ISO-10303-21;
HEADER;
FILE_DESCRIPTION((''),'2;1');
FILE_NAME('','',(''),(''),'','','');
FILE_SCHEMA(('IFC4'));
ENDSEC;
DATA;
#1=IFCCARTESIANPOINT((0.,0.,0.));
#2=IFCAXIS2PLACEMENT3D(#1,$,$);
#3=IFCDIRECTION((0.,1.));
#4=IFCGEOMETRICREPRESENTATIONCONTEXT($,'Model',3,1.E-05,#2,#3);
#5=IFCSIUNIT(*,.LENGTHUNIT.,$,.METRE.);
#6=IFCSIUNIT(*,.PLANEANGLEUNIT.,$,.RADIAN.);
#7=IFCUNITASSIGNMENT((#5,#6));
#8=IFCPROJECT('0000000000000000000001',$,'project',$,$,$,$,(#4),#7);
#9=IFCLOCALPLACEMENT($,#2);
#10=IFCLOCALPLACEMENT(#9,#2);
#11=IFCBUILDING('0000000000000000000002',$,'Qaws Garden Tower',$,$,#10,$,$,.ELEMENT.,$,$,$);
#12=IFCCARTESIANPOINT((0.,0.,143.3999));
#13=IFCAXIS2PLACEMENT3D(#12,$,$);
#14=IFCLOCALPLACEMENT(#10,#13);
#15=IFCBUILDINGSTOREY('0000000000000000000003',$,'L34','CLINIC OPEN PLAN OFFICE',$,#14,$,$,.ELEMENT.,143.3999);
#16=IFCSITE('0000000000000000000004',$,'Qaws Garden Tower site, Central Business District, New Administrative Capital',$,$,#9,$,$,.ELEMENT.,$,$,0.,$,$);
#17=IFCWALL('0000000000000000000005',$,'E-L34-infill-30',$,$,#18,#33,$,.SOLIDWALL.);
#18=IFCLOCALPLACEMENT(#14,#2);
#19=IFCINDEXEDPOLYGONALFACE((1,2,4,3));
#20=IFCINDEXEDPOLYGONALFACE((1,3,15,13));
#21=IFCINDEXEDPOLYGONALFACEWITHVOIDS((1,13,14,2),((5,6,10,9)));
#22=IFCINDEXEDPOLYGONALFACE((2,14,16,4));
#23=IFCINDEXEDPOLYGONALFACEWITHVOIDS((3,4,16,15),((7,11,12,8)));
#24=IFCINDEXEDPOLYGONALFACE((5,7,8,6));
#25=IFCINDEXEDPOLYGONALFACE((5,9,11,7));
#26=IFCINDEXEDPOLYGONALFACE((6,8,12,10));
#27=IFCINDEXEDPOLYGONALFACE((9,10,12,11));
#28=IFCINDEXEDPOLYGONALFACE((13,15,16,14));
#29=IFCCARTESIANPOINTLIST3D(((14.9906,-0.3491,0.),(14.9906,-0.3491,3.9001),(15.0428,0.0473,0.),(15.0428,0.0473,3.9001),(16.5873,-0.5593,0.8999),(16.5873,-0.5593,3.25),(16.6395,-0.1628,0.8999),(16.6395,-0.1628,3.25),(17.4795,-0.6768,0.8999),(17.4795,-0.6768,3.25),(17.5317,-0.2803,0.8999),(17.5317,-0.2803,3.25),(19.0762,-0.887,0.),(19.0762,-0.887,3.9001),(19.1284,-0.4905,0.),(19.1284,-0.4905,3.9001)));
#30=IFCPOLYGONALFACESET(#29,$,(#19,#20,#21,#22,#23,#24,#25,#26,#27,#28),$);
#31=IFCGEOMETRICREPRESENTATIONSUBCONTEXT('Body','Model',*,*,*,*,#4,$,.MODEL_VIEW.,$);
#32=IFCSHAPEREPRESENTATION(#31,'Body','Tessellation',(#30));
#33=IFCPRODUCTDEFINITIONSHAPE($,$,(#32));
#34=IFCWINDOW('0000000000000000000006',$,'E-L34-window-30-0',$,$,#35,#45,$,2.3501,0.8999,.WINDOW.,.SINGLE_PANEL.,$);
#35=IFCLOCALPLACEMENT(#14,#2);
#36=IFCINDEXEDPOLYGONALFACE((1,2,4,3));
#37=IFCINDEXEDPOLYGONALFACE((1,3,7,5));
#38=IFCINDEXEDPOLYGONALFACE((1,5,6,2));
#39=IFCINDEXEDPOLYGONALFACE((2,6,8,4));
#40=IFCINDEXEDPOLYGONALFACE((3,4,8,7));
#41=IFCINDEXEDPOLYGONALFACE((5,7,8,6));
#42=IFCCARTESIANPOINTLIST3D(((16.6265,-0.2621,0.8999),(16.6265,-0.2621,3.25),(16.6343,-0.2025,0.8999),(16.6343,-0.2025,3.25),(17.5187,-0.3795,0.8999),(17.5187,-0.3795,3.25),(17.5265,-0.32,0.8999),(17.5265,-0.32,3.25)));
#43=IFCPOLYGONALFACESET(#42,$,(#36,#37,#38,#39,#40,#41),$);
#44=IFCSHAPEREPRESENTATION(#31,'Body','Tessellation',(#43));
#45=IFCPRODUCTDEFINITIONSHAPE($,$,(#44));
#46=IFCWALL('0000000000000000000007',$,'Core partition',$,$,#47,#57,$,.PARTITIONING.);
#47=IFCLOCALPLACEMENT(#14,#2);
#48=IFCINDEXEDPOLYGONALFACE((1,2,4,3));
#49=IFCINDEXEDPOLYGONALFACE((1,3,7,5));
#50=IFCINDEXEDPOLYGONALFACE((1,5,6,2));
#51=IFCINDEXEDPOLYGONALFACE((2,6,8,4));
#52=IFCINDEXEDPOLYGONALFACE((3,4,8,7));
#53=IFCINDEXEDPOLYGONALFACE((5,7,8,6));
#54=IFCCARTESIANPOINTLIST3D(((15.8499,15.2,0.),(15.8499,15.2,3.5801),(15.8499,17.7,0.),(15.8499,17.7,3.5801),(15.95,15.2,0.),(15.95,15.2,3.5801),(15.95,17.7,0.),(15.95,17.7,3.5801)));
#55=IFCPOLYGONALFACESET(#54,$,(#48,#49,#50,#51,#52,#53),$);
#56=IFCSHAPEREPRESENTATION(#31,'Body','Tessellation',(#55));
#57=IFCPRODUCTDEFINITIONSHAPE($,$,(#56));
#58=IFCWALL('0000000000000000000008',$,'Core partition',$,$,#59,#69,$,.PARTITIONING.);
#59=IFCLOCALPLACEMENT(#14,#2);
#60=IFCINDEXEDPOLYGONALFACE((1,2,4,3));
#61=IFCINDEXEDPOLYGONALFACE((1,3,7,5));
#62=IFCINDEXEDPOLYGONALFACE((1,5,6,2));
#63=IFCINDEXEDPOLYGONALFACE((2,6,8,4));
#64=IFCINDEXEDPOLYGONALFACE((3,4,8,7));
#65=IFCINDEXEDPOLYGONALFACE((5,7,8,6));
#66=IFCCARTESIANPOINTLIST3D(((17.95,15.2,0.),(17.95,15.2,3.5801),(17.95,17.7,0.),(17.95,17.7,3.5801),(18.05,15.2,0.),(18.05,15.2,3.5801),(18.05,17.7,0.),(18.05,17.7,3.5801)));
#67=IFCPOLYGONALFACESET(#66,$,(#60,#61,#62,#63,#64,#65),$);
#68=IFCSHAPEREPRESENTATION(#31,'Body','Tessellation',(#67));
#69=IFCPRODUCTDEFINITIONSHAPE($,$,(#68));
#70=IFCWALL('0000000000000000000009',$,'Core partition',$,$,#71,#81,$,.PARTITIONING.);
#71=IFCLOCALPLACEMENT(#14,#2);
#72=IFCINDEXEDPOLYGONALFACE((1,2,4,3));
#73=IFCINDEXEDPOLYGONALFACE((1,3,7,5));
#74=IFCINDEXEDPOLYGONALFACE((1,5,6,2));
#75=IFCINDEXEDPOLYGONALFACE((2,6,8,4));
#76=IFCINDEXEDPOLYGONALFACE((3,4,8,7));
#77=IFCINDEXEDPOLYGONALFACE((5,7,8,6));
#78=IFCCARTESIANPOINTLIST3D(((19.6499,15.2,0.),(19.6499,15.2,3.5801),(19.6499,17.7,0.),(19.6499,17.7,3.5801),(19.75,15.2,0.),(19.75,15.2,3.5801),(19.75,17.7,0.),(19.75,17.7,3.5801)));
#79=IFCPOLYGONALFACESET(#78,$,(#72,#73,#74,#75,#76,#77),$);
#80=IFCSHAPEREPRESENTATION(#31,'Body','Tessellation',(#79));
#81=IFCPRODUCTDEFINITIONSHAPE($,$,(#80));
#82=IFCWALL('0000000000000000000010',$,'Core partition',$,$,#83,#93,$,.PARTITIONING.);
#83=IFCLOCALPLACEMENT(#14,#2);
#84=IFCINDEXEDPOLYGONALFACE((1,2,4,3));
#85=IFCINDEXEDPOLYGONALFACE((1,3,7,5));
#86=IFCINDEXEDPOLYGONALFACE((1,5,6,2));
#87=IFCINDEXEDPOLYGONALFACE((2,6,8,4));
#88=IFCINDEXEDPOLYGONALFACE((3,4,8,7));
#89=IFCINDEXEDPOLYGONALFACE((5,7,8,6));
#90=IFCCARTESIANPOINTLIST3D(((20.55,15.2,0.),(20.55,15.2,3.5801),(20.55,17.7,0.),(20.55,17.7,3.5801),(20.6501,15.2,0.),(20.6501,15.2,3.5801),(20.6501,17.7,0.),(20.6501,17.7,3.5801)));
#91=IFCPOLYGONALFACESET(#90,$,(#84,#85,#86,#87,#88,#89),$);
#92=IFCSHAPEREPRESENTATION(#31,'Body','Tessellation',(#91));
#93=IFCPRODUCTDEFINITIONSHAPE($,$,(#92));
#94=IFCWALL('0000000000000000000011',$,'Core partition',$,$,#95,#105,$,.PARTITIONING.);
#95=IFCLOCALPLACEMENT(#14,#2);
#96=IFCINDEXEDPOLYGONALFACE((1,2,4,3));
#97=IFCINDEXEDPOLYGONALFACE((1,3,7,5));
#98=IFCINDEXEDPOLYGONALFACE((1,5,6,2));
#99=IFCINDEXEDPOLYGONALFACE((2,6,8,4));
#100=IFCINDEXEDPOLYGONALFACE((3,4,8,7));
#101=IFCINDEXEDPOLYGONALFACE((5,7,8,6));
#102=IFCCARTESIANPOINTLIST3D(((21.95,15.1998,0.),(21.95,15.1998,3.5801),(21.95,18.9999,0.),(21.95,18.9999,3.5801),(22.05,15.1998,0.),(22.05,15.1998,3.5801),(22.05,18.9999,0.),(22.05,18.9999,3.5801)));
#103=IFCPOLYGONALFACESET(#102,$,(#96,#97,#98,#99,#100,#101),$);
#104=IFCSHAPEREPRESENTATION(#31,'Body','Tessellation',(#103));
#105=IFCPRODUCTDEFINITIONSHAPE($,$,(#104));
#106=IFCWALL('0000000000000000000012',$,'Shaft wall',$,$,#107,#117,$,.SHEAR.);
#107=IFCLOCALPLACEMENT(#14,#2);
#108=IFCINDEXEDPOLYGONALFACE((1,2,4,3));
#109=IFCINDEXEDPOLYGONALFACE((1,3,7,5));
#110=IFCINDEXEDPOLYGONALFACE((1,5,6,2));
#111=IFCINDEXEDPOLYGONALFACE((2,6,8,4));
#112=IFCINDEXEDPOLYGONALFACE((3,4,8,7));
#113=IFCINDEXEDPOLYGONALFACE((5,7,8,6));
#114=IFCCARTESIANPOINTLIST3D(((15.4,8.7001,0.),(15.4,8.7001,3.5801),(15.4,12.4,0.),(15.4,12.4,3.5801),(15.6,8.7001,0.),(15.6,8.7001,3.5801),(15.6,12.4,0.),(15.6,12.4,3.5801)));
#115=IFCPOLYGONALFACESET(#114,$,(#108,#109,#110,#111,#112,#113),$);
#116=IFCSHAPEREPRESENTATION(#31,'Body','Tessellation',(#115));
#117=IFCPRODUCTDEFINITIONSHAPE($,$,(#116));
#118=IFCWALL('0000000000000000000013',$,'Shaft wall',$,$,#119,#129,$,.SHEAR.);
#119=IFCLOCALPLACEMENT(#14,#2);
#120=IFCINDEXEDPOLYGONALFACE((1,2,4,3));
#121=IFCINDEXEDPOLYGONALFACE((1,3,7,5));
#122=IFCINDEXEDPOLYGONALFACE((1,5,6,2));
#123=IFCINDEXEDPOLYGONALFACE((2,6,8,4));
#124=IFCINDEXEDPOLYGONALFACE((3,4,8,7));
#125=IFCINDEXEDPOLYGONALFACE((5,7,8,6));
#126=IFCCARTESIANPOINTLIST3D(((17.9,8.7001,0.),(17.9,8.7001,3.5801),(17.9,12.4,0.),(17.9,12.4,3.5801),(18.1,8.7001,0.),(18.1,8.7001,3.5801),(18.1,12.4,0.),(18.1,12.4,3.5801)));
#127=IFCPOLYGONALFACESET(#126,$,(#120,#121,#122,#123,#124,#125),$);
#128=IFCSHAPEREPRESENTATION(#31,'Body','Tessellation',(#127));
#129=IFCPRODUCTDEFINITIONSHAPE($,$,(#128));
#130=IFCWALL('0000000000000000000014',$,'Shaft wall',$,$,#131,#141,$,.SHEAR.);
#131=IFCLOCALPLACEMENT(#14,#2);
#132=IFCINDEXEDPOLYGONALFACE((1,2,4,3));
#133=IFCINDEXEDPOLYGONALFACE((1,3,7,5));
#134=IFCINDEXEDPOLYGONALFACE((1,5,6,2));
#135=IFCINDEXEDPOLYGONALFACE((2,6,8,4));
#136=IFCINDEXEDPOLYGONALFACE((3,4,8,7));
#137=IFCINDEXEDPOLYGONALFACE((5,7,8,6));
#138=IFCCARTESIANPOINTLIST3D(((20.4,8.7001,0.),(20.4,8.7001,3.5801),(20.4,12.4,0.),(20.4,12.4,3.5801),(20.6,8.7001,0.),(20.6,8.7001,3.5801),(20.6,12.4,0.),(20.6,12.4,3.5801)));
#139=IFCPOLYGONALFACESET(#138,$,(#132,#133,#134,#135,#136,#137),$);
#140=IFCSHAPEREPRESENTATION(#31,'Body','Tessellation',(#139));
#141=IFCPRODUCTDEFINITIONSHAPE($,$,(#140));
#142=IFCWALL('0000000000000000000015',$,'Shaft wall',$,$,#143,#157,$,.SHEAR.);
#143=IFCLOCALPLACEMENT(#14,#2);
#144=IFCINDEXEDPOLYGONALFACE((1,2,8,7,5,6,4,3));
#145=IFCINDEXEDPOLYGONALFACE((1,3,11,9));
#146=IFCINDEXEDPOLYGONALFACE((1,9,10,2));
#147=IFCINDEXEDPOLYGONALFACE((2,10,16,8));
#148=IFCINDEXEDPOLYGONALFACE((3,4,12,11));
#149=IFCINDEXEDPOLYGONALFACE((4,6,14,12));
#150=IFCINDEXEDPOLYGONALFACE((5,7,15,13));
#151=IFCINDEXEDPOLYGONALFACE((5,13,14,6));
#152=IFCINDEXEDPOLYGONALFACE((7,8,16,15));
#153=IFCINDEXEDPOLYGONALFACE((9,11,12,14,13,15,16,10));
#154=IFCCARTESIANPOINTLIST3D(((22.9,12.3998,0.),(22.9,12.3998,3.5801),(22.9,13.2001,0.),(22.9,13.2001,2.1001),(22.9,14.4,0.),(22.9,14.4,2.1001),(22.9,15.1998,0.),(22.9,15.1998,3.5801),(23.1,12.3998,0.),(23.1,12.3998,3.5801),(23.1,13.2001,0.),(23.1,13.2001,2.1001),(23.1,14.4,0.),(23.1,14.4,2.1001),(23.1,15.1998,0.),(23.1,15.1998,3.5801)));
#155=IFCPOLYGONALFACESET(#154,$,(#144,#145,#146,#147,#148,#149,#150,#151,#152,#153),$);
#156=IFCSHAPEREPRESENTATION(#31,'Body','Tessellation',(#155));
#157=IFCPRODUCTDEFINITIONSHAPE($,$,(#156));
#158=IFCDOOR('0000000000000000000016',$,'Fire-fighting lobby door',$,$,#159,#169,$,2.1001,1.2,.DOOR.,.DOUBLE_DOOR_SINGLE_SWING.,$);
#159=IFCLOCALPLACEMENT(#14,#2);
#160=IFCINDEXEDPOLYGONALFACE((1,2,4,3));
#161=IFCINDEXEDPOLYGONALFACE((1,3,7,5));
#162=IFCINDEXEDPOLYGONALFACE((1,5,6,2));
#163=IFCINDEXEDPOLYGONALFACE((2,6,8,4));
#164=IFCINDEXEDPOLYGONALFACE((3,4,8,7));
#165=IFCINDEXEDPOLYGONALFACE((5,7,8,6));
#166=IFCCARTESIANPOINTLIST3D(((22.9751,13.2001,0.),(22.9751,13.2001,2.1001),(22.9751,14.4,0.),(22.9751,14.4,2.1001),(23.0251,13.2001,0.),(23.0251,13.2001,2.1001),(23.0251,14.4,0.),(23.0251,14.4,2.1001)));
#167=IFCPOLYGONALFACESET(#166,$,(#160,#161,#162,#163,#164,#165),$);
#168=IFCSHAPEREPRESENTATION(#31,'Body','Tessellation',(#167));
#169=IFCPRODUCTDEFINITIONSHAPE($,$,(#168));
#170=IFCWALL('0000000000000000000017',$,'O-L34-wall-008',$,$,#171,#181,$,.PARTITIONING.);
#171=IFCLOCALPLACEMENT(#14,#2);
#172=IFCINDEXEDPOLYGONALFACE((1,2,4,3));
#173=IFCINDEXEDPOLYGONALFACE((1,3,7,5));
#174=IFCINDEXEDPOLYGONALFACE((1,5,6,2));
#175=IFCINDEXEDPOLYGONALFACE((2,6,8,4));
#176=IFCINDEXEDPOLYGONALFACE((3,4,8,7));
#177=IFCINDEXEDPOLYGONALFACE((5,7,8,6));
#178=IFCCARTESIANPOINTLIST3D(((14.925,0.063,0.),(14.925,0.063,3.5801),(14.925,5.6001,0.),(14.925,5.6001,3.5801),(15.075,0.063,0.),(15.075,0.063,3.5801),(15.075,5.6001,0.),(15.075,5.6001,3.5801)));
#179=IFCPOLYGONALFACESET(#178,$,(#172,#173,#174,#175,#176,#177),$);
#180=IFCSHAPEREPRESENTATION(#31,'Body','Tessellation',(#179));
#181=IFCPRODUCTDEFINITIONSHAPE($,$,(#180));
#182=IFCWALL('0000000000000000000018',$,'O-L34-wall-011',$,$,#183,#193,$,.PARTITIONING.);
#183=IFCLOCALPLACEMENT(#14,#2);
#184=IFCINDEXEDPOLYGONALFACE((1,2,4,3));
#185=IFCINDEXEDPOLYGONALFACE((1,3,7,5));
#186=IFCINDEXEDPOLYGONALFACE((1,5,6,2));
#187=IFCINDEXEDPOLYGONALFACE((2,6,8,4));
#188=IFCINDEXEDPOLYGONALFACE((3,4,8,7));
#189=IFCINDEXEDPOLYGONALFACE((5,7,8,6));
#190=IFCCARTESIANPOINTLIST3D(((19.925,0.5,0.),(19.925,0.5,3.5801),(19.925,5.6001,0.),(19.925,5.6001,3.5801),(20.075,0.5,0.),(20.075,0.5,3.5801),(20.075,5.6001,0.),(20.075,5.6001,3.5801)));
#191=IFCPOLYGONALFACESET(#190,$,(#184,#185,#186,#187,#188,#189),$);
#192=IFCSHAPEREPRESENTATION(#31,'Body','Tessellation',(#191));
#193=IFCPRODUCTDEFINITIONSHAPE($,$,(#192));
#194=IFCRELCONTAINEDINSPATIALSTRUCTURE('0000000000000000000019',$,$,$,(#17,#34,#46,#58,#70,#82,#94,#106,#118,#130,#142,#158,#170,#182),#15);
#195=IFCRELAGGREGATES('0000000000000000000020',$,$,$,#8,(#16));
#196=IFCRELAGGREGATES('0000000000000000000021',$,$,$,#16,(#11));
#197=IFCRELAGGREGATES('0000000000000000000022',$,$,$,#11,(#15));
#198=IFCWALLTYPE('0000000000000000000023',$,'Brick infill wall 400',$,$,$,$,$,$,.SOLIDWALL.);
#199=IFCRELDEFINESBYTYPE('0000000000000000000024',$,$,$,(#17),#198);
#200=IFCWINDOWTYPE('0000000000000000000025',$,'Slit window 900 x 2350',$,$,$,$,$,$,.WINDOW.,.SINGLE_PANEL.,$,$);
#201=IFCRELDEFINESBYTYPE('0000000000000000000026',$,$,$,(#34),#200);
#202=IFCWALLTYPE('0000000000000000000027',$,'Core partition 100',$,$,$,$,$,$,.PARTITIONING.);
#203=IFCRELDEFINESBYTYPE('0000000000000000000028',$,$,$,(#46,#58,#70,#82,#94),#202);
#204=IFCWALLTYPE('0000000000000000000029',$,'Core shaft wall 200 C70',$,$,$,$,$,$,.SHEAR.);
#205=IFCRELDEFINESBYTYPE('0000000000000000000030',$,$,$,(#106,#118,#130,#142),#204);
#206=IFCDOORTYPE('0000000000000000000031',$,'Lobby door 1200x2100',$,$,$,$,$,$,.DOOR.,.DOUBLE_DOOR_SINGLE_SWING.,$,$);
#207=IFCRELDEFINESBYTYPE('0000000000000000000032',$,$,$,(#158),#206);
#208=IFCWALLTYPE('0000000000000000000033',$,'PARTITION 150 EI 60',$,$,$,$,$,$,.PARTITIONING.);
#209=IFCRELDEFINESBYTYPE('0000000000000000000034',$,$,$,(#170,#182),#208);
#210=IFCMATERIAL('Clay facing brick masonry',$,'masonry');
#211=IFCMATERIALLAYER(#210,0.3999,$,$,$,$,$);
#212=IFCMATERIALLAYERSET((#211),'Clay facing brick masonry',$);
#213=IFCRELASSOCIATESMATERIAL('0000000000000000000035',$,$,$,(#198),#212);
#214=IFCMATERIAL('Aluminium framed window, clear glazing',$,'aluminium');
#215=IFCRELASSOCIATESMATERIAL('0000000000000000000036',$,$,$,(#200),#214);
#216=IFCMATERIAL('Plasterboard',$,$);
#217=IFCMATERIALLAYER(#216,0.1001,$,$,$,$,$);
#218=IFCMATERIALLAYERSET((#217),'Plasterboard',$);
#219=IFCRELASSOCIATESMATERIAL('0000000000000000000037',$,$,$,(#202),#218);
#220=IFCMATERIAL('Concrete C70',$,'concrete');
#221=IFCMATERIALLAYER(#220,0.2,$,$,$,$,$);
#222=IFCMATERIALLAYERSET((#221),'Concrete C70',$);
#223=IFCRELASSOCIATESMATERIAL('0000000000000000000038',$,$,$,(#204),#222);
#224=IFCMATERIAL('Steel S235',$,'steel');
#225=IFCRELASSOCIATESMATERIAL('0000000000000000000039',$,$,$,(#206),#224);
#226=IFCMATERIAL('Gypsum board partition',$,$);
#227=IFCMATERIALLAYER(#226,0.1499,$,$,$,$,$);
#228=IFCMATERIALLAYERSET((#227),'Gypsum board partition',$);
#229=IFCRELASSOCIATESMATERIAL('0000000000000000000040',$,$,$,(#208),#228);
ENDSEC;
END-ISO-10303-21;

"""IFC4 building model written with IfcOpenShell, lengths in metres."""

from ifc_helpers import new_model, si_unit, direction, frame, frame_2d, origin, place, context, subcontext, project, spatial, rectangle, extrude, material, layer, layer_set, type_object, element, fill, save


model = new_model("IFC4")

# Units and contexts
model_context = context("Model", 3, precision=1e-05, world=origin(), true_north=direction((0.0, 1.0)))
body_context = subcontext(model_context, "Body", "Model", "MODEL_VIEW")
ifc_project = project(units=[si_unit("LENGTHUNIT", "METRE"), si_unit("PLANEANGLEUNIT", "RADIAN")], contexts=[model_context])

# Site, building, storey
site_placement = place(None, origin())
site = spatial("IfcSite", under=ifc_project, at=site_placement, Name="Qaws Garden Tower site, Central Business District, New Administrative Capital", CompositionType="ELEMENT", RefElevation=0.0)
building_placement = place(site_placement, origin())
building = spatial("IfcBuilding", under=site, at=building_placement, Name="Qaws Garden Tower", CompositionType="ELEMENT")
storey_placement = place(building_placement, frame((0.0, 0.0, 143.3999)))
storey = spatial("IfcBuildingStorey", under=building, at=storey_placement, Name="L34", Description="CLINIC OPEN PLAN OFFICE", CompositionType="ELEMENT", Elevation=143.3999)

# Shared definitions
ifc_material_1 = material(Name="Clay facing brick masonry", Category="masonry")
ifc_layer_1 = layer(ifc_material_1, 0.3999)
ifc_layer_set_1 = layer_set([ifc_layer_1], Name="Clay facing brick masonry")
wall_type_1 = type_object("IfcWallType", Name="Brick infill wall 400", PredefinedType="SOLIDWALL", material=ifc_layer_set_1)
ifc_material_2 = material(Name="Aluminium framed window, clear glazing", Category="aluminium")
window_type = type_object("IfcWindowType", Name="Slit window 900 x 2350", PartitioningType="SINGLE_PANEL", PredefinedType="WINDOW", material=ifc_material_2)

# Wall, opening, window
wall_1_placement = place(storey_placement, frame((15.0166, -0.1509, 0.0), z_axis=(0.0, 0.0, 1.0), x_axis=(0.991446, -0.130514, 0.0)))
wall_1 = element("IfcWall", 1, at=wall_1_placement, inside=storey, type_object=wall_type_1, Name="E-L34-infill-30", PredefinedType="SOLIDWALL", context=body_context, shape_type="SweptSolid", body=[
    extrude(rectangle(XDim=4.1208, YDim=0.3999, at=frame_2d((2.0605, 0.0))), origin(), (0.0, 0.0, 1.0), 3.9001),
])
opening_1_placement = place(wall_1_placement, frame((1.6106, 0.0, 0.8999)))
opening_1 = element("IfcOpeningElement", 2, at=opening_1_placement, cuts=wall_1, PredefinedType="OPENING", context=body_context, shape_type="SweptSolid", body=[
    extrude(rectangle(XDim=0.8999, YDim=2.3501, at=frame_2d((0.45, 1.175))), frame((0.0, 0.21, 0.0), z_axis=(0.0, -1.0, 0.0), x_axis=(1.0, 0.0, 0.0)), (0.0, 0.0, 1.0), 0.4199),
])
window_1_placement = place(opening_1_placement, origin())
window_1 = element("IfcWindow", 3, at=window_1_placement, inside=storey, type_object=window_type, Name="E-L34-window-30-0", OverallHeight=2.3501, OverallWidth=0.8999, PartitioningType="SINGLE_PANEL", PredefinedType="WINDOW", context=body_context, shape_type="SweptSolid", body=[
    extrude(rectangle(XDim=0.8999, YDim=2.3501, at=frame_2d((0.45, 1.175))), frame((0.0, 0.1599, 0.0), z_axis=(0.0, -1.0, 0.0), x_axis=(1.0, 0.0, 0.0)), (0.0, 0.0, 1.0), 0.0601),
])
fill(opening_1, window_1)

# Walls
ifc_material_3 = material(Name="Plasterboard")
ifc_layer_2 = layer(ifc_material_3, 0.1001)
ifc_layer_set_2 = layer_set([ifc_layer_2], Name="Plasterboard")
wall_type_2 = type_object("IfcWallType", Name="Core partition 100", PredefinedType="PARTITIONING", material=ifc_layer_set_2)
for number, where, z_axis, x_axis, name in (
    (4, (15.8999, 15.2, 0.0), (0.0, 0.0, 1.0), (0.0, 1.0, 0.0), "Core partition"),
    (5, (18.0, 15.2, 0.0), (0.0, 0.0, 1.0), (0.0, 1.0, 0.0), "Core partition"),
    (6, (19.7, 15.2, 0.0), (0.0, 0.0, 1.0), (0.0, 1.0, 0.0), "Core partition"),
    (7, (20.6001, 15.2, 0.0), (0.0, 0.0, 1.0), (0.0, 1.0, 0.0), "Core partition"),
):
    element("IfcWall", number, at=place(storey_placement, frame(where, z_axis=z_axis, x_axis=x_axis)), inside=storey, type_object=wall_type_2, Name=name, PredefinedType="PARTITIONING", context=body_context, shape_type="SweptSolid", body=[
        extrude(rectangle(XDim=2.5, YDim=0.1001, at=frame_2d((1.25, 0.0))), origin(), (0.0, 0.0, 1.0), 3.5801),
    ])
wall_2_placement = place(storey_placement, frame((22.0, 15.2, 0.0), z_axis=(0.0, 0.0, 1.0), x_axis=(0.0, 1.0, 0.0)))
element("IfcWall", 8, at=wall_2_placement, inside=storey, type_object=wall_type_2, Name="Core partition", PredefinedType="PARTITIONING", context=body_context, shape_type="SweptSolid", body=[
    extrude(rectangle(XDim=3.8, YDim=0.1001, at=frame_2d((1.8999, 0.0))), origin(), (0.0, 0.0, 1.0), 3.5801),
])
ifc_material_4 = material(Name="Concrete C70", Category="concrete")
ifc_layer_3 = layer(ifc_material_4, 0.2)
ifc_layer_set_3 = layer_set([ifc_layer_3], Name="Concrete C70")
wall_type_3 = type_object("IfcWallType", Name="Core shaft wall 200 C70", PredefinedType="SHEAR", material=ifc_layer_set_3)
for number, where, z_axis, x_axis, name in (
    (9, (15.5, 8.7, 0.0), (0.0, 0.0, 1.0), (0.0, 1.0, 0.0), "Shaft wall"),
    (10, (18.0, 8.7, 0.0), (0.0, 0.0, 1.0), (0.0, 1.0, 0.0), "Shaft wall"),
    (11, (20.5, 8.7, 0.0), (0.0, 0.0, 1.0), (0.0, 1.0, 0.0), "Shaft wall"),
):
    element("IfcWall", number, at=place(storey_placement, frame(where, z_axis=z_axis, x_axis=x_axis)), inside=storey, type_object=wall_type_3, Name=name, PredefinedType="SHEAR", context=body_context, shape_type="SweptSolid", body=[
        extrude(rectangle(XDim=3.7, YDim=0.2, at=frame_2d((1.8501, 0.0))), origin(), (0.0, 0.0, 1.0), 3.5801),
    ])

# Wall, opening, door
wall_3_placement = place(storey_placement, frame((23.0, 12.3999, 0.0), z_axis=(0.0, 0.0, 1.0), x_axis=(0.0, 1.0, 0.0)))
wall_3 = element("IfcWall", 12, at=wall_3_placement, inside=storey, type_object=wall_type_3, Name="Shaft wall", PredefinedType="SHEAR", context=body_context, shape_type="SweptSolid", body=[
    extrude(rectangle(XDim=2.8, YDim=0.2, at=frame_2d((1.3999, 0.0))), origin(), (0.0, 0.0, 1.0), 3.5801),
])
opening_2_placement = place(wall_3_placement, frame((0.8, 0.0, 0.0)))
opening_2 = element("IfcOpeningElement", 13, at=opening_2_placement, cuts=wall_3, PredefinedType="OPENING", context=body_context, shape_type="SweptSolid", body=[
    extrude(rectangle(XDim=1.2, YDim=2.1001, at=frame_2d((0.6001, 1.05))), frame((0.0, 0.1099, 0.0), z_axis=(0.0, -1.0, 0.0), x_axis=(1.0, 0.0, 0.0)), (0.0, 0.0, 1.0), 0.22),
])
ifc_material_5 = material(Name="Steel S235", Category="steel")
door_type = type_object("IfcDoorType", Name="Lobby door 1200x2100", OperationType="DOUBLE_DOOR_SINGLE_SWING", PredefinedType="DOOR", material=ifc_material_5)
door_placement = place(opening_2_placement, origin())
door = element("IfcDoor", 14, at=door_placement, inside=storey, type_object=door_type, Name="Fire-fighting lobby door", OperationType="DOUBLE_DOOR_SINGLE_SWING", OverallHeight=2.1001, OverallWidth=1.2, PredefinedType="DOOR", context=body_context, shape_type="SweptSolid", body=[
    extrude(rectangle(XDim=1.2, YDim=2.1001, at=frame_2d((0.6001, 1.05))), frame((0.0, 0.0249, 0.0), z_axis=(0.0, -1.0, 0.0), x_axis=(1.0, 0.0, 0.0)), (0.0, 0.0, 1.0), 0.05),
])
fill(opening_2, door)

# Walls
ifc_material_6 = material(Name="Gypsum board partition")
ifc_layer_4 = layer(ifc_material_6, 0.1499)
ifc_layer_set_4 = layer_set([ifc_layer_4], Name="Gypsum board partition")
wall_type_4 = type_object("IfcWallType", Name="PARTITION 150 EI 60", PredefinedType="PARTITIONING", material=ifc_layer_set_4)
wall_4_placement = place(storey_placement, frame((15.0, 0.063, 0.0), z_axis=(0.0, 0.0, 1.0), x_axis=(0.0, 1.0, 0.0)))
element("IfcWall", 15, at=wall_4_placement, inside=storey, type_object=wall_type_4, Name="O-L34-wall-008", PredefinedType="PARTITIONING", context=body_context, shape_type="SweptSolid", body=[
    extrude(rectangle(XDim=5.5371, YDim=0.1499, at=frame_2d((2.7686, 0.0))), origin(), (0.0, 0.0, 1.0), 3.5801),
])
wall_5_placement = place(storey_placement, frame((20.0, 0.5, 0.0), z_axis=(0.0, 0.0, 1.0), x_axis=(0.0, 1.0, 0.0)))
element("IfcWall", 16, at=wall_5_placement, inside=storey, type_object=wall_type_4, Name="O-L34-wall-011", PredefinedType="PARTITIONING", context=body_context, shape_type="SweptSolid", body=[
    extrude(rectangle(XDim=5.1001, YDim=0.1499, at=frame_2d((2.55, 0.0))), origin(), (0.0, 0.0, 1.0), 3.5801),
])

save(model, "model.ifc")
